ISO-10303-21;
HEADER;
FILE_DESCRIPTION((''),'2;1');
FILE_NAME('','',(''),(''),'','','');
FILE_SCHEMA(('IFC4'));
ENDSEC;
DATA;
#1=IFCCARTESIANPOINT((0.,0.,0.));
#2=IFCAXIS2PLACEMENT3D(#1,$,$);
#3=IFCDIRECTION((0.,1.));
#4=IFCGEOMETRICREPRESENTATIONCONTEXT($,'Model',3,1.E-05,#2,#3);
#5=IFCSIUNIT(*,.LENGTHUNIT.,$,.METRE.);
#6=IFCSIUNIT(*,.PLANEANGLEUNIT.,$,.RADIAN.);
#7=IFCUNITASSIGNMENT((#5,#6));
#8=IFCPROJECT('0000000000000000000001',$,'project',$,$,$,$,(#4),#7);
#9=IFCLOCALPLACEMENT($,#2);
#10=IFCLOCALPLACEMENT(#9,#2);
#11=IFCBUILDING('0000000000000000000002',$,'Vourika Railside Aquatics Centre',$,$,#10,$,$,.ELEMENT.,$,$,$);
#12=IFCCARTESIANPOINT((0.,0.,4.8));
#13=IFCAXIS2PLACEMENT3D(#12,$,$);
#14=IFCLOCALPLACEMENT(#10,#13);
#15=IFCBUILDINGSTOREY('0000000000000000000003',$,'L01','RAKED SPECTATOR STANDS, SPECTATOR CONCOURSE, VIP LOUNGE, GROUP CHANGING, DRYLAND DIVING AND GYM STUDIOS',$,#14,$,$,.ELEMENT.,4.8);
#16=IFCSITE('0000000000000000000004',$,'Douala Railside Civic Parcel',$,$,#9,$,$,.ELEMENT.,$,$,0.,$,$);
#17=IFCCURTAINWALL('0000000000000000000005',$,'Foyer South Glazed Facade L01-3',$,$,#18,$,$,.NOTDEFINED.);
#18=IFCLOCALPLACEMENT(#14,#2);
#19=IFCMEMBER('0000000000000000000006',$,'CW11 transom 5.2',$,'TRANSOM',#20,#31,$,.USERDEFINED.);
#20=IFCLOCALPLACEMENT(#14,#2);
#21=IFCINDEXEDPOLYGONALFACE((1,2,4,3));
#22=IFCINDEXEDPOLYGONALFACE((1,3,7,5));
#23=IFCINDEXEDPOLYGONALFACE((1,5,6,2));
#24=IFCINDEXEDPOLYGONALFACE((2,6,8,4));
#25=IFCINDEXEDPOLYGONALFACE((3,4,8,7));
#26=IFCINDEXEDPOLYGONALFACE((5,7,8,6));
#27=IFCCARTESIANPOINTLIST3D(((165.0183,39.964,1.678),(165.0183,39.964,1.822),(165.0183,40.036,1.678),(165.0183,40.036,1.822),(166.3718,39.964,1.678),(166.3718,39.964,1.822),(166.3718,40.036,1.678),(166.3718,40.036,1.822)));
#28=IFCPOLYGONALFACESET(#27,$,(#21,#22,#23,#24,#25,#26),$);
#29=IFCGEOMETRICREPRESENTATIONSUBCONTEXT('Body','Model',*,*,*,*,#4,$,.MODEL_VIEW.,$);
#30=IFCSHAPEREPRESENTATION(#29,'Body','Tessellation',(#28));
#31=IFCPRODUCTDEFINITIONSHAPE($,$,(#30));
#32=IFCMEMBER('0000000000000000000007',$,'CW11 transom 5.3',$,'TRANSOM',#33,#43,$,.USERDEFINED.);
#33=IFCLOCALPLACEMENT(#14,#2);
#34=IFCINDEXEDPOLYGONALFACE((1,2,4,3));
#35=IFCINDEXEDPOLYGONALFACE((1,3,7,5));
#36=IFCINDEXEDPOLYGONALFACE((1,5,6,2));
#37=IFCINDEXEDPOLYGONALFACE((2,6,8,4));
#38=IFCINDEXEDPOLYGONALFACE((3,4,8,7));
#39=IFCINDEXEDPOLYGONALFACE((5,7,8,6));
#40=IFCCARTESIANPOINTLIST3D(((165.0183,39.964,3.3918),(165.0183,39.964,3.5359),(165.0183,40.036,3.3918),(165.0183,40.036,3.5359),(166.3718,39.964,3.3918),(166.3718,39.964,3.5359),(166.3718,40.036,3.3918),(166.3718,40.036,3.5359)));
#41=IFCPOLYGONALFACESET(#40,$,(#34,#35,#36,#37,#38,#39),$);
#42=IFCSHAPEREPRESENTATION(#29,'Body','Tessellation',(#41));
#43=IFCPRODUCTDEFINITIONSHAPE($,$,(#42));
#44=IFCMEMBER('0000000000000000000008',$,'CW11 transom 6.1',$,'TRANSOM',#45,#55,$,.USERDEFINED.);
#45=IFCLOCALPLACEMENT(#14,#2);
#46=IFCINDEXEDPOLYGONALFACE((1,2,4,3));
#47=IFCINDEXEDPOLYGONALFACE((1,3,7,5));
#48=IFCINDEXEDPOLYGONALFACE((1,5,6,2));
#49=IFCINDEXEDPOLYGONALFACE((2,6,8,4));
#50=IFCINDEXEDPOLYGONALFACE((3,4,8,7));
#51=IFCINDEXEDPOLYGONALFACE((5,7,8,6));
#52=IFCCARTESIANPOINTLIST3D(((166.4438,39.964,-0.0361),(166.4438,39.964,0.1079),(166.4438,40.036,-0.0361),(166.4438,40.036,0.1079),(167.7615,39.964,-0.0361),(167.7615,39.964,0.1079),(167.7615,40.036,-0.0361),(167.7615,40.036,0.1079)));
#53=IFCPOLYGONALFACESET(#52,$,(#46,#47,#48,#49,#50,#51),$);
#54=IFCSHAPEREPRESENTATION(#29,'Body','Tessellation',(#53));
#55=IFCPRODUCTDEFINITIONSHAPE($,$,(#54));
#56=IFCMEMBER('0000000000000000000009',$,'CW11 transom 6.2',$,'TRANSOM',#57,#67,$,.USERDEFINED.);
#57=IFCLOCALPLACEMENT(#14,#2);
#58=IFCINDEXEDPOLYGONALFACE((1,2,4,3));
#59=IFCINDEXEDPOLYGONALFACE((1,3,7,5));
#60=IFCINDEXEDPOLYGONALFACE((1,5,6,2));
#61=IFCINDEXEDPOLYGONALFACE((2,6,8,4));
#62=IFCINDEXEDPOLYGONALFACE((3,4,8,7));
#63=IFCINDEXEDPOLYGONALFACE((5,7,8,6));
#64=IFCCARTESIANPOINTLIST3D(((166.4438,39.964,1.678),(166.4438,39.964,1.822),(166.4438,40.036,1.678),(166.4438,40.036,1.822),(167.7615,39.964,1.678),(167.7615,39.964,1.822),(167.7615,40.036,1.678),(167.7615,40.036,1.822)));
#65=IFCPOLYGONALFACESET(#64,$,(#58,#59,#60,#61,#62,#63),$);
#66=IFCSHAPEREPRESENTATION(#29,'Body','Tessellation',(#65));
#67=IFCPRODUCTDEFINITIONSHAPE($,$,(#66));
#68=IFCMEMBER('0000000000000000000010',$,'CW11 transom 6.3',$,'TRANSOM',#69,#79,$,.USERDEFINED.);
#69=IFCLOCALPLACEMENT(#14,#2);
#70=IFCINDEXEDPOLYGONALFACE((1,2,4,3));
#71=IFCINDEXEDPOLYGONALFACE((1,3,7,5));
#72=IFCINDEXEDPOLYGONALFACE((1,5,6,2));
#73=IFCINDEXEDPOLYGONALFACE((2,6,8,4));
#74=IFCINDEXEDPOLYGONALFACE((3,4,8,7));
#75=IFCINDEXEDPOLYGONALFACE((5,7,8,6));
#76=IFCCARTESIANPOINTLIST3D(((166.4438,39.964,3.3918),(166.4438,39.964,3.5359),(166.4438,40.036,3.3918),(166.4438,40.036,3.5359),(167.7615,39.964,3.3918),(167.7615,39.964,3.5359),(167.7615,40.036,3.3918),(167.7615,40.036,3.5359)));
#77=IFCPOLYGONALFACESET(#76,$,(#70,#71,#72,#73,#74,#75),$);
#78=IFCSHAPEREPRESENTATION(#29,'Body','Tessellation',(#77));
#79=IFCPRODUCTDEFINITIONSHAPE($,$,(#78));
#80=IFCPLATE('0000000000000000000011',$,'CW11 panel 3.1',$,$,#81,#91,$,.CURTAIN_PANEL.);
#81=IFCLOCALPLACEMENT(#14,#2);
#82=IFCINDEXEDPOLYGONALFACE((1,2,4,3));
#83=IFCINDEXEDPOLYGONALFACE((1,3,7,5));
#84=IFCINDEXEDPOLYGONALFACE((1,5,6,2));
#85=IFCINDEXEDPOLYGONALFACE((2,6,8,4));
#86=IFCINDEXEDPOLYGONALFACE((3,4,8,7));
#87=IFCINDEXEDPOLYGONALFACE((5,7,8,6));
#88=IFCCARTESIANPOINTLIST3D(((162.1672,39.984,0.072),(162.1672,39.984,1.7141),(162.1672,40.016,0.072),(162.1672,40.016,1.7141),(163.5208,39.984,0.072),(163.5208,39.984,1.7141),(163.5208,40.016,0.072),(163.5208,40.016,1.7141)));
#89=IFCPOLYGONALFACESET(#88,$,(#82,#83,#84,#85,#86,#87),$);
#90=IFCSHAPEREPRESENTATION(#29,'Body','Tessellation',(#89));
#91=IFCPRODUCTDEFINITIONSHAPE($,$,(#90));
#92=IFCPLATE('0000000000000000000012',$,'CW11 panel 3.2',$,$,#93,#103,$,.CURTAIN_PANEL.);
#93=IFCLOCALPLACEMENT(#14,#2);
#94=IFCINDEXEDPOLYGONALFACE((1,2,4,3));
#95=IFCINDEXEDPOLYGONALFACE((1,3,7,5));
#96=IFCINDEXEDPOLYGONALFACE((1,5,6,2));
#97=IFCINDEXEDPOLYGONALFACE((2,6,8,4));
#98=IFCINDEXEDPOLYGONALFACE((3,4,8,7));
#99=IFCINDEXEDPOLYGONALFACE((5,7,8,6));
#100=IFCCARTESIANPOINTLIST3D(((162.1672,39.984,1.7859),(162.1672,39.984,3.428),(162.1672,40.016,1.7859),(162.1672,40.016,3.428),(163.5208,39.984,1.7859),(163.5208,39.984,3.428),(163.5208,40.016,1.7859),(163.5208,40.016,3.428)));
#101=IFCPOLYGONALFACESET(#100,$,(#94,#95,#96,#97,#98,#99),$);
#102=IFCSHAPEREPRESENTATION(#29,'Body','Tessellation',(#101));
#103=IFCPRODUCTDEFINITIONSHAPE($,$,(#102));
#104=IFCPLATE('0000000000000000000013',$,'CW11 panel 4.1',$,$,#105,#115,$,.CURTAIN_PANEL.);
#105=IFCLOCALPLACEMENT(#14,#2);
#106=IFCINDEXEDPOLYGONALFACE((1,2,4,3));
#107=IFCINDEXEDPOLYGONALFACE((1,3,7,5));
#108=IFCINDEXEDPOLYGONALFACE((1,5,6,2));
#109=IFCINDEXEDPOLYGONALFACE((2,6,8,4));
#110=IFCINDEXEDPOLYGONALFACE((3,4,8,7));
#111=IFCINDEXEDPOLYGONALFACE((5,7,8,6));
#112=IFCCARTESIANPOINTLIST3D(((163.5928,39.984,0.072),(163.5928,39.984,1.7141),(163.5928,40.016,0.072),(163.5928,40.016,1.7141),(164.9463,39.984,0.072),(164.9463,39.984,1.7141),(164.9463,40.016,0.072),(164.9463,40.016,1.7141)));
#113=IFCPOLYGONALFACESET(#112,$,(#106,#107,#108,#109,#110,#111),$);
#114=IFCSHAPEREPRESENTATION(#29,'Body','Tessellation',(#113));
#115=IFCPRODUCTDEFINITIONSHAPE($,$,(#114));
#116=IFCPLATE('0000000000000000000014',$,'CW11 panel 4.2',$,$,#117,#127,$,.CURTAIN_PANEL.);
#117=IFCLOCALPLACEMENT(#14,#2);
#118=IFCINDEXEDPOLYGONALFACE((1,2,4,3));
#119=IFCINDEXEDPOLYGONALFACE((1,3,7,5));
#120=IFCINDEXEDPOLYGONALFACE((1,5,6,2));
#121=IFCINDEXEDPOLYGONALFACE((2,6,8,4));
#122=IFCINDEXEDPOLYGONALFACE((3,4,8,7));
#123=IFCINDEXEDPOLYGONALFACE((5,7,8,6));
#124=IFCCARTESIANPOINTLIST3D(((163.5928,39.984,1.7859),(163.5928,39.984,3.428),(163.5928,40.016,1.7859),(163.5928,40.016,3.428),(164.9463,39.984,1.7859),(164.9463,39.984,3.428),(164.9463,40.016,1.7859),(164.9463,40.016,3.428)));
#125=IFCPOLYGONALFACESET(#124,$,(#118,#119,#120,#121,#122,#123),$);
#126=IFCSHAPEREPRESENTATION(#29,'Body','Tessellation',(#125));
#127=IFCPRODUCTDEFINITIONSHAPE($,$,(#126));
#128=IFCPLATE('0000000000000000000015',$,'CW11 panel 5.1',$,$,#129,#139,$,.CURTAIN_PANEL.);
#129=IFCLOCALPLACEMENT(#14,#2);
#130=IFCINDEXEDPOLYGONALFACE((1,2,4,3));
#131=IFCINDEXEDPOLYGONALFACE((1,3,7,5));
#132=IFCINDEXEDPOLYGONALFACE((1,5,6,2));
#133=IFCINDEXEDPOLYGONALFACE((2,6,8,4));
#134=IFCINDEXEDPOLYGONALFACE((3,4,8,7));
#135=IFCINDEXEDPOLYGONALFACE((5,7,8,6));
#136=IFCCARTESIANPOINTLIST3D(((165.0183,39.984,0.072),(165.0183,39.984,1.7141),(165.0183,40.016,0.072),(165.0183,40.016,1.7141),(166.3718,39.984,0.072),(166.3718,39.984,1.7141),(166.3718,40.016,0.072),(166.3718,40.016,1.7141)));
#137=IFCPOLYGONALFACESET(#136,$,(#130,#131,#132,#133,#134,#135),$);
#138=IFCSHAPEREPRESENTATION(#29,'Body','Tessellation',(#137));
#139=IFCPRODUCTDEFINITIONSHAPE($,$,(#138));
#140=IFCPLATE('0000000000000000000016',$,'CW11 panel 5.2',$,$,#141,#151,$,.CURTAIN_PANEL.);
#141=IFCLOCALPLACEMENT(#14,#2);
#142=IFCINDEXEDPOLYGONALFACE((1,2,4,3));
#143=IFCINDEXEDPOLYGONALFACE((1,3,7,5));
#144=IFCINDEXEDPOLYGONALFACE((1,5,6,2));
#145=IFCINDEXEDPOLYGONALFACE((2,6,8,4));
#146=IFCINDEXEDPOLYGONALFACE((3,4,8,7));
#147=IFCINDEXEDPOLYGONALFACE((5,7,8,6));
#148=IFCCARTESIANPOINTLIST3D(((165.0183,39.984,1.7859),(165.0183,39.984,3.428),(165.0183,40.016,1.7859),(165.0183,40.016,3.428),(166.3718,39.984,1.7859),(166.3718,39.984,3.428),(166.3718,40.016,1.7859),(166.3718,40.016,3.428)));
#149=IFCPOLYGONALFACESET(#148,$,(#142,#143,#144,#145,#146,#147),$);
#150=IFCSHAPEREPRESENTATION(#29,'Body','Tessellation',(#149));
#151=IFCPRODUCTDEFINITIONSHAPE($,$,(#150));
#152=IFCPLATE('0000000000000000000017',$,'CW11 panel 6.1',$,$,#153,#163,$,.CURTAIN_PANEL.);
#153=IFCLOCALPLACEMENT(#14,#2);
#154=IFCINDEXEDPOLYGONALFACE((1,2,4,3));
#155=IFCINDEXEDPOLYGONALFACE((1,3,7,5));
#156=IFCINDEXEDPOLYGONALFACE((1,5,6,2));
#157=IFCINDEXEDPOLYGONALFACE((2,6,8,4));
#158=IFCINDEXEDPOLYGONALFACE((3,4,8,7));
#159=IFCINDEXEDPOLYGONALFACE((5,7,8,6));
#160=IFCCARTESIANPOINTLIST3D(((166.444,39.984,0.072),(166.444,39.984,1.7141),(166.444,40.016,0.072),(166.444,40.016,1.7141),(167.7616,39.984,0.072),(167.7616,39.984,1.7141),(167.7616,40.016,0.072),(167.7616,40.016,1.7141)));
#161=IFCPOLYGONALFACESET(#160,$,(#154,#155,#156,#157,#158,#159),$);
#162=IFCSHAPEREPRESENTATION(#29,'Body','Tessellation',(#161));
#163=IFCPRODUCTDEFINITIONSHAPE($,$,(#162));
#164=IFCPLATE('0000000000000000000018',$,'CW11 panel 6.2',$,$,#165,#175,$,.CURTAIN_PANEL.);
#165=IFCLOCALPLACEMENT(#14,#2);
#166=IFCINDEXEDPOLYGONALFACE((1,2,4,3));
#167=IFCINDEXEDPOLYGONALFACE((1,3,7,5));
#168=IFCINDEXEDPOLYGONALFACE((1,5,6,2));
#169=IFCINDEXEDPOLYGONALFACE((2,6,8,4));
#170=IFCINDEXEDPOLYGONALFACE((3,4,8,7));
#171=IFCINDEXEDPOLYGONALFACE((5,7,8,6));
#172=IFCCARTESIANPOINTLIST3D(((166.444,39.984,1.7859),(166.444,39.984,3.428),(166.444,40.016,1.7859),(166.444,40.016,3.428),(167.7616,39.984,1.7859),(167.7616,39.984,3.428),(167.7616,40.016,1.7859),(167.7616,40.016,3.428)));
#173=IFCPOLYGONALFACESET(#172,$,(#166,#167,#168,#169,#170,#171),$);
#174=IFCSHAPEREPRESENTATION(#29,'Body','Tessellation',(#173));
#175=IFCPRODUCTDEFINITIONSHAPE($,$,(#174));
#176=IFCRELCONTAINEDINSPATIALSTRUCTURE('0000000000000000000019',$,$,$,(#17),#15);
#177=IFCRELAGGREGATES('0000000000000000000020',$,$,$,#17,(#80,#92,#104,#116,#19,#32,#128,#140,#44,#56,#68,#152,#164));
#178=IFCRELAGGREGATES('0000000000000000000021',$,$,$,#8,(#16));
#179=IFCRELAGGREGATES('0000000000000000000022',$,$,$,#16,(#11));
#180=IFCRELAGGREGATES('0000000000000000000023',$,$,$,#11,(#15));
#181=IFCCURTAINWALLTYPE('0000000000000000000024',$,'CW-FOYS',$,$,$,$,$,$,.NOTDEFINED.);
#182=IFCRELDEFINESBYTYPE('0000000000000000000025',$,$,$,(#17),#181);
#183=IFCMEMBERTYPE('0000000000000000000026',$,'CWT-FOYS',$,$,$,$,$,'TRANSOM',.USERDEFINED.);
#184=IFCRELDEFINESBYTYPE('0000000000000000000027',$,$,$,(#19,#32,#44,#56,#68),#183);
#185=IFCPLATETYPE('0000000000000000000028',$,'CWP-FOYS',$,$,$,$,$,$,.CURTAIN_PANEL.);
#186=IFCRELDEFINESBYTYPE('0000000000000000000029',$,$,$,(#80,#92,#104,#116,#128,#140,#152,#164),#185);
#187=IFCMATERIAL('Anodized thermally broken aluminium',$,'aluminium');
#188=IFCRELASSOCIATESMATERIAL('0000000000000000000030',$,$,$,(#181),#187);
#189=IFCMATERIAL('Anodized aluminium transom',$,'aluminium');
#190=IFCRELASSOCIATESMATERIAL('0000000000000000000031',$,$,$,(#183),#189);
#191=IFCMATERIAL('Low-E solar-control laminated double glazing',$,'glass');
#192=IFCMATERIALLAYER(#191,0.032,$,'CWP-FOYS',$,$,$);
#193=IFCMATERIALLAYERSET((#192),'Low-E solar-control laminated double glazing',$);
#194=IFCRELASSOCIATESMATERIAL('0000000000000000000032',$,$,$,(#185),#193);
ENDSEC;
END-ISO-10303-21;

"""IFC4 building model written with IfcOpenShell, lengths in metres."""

from ifc_helpers import new_model, si_unit, direction, frame, origin, origin_2d, place, context, subcontext, project, spatial, rectangle, extrude, material, layer, layer_set, material_profile, profile_set, type_object, element, aggregate, save


model = new_model("IFC4")

# Units and contexts
model_context = context("Model", 3, precision=1e-05, world=origin(), true_north=direction((0.0, 1.0)))
body_context = subcontext(model_context, "Body", "Model", "MODEL_VIEW")
ifc_project = project(units=[si_unit("LENGTHUNIT", "METRE"), si_unit("PLANEANGLEUNIT", "RADIAN")], contexts=[model_context])

# Site, building, storey
site_placement = place(None, origin())
site = spatial("IfcSite", under=ifc_project, at=site_placement, Name="Douala Railside Civic Parcel", CompositionType="ELEMENT", RefElevation=0.0)
building_placement = place(site_placement, origin())
building = spatial("IfcBuilding", under=site, at=building_placement, Name="Vourika Railside Aquatics Centre", CompositionType="ELEMENT")
storey_placement = place(building_placement, frame((0.0, 0.0, 4.8)))
storey = spatial("IfcBuildingStorey", under=building, at=storey_placement, Name="L01", Description="RAKED SPECTATOR STANDS, SPECTATOR CONCOURSE, VIP LOUNGE, GROUP CHANGING, DRYLAND DIVING AND GYM STUDIOS", CompositionType="ELEMENT", Elevation=4.8)

# Curtain wall, members, plates
ifc_material_1 = material(Name="Anodized thermally broken aluminium", Category="aluminium")
curtain_wall_type = type_object("IfcCurtainWallType", Name="CW-FOYS", PredefinedType="NOTDEFINED", material=ifc_material_1)
curtain_wall_placement = place(storey_placement, origin())
curtain_wall = element("IfcCurtainWall", 1, at=curtain_wall_placement, inside=storey, type_object=curtain_wall_type, Name="Foyer South Glazed Facade L01-3", PredefinedType="NOTDEFINED")
ifc_material_2 = material(Name="Anodized aluminium transom", Category="aluminium")
ifc_material_profile_1 = material_profile(ifc_material_2, rectangle(XDim=0.072, YDim=0.144, at=origin_2d()), Name="ALU-T 72x144")
ifc_profile_set_1 = profile_set([ifc_material_profile_1], Name="Anodized aluminium transom")
member_type_1 = type_object("IfcMemberType", Name="CWT-FOYS", ElementType="TRANSOM", PredefinedType="USERDEFINED", material=ifc_profile_set_1)
member_1_placement = place(storey_placement, frame((165.0183, 40.0, 1.75), z_axis=(1.0, 0.0, 0.0), x_axis=(0.0, 1.0, 0.0)))
member_1 = element("IfcMember", 2, at=member_1_placement, type_object=member_type_1, Name="CW11 transom 5.2", ObjectType="TRANSOM", PredefinedType="USERDEFINED", context=body_context, shape_type="SweptSolid", body=[
    extrude(rectangle(XDim=0.072, YDim=0.144, at=origin_2d()), origin(), (0.0, 0.0, 1.0), 1.3535),
])
member_2_placement = place(storey_placement, frame((165.0183, 40.0, 3.4639), z_axis=(1.0, 0.0, 0.0), x_axis=(0.0, 1.0, 0.0)))
member_2 = element("IfcMember", 3, at=member_2_placement, type_object=member_type_1, Name="CW11 transom 5.3", ObjectType="TRANSOM", PredefinedType="USERDEFINED", context=body_context, shape_type="SweptSolid", body=[
    extrude(rectangle(XDim=0.072, YDim=0.144, at=origin_2d()), origin(), (0.0, 0.0, 1.0), 1.3535),
])
member_3_placement = place(storey_placement, frame((166.4438, 40.0, 0.0359), z_axis=(1.0, 0.0, 0.0), x_axis=(0.0, 1.0, 0.0)))
member_3 = element("IfcMember", 4, at=member_3_placement, type_object=member_type_1, Name="CW11 transom 6.1", ObjectType="TRANSOM", PredefinedType="USERDEFINED", context=body_context, shape_type="SweptSolid", body=[
    extrude(rectangle(XDim=0.072, YDim=0.144, at=origin_2d()), origin(), (0.0, 0.0, 1.0), 1.3176),
])
member_4_placement = place(storey_placement, frame((166.4438, 40.0, 1.75), z_axis=(1.0, 0.0, 0.0), x_axis=(0.0, 1.0, 0.0)))
member_4 = element("IfcMember", 5, at=member_4_placement, type_object=member_type_1, Name="CW11 transom 6.2", ObjectType="TRANSOM", PredefinedType="USERDEFINED", context=body_context, shape_type="SweptSolid", body=[
    extrude(rectangle(XDim=0.072, YDim=0.144, at=origin_2d()), origin(), (0.0, 0.0, 1.0), 1.3176),
])
member_5_placement = place(storey_placement, frame((166.4438, 40.0, 3.4639), z_axis=(1.0, 0.0, 0.0), x_axis=(0.0, 1.0, 0.0)))
member_5 = element("IfcMember", 6, at=member_5_placement, type_object=member_type_1, Name="CW11 transom 6.3", ObjectType="TRANSOM", PredefinedType="USERDEFINED", context=body_context, shape_type="SweptSolid", body=[
    extrude(rectangle(XDim=0.072, YDim=0.144, at=origin_2d()), origin(), (0.0, 0.0, 1.0), 1.3176),
])
ifc_material_3 = material(Name="Low-E solar-control laminated double glazing", Category="glass")
ifc_layer = layer(ifc_material_3, 0.032, Name="CWP-FOYS")
ifc_layer_set = layer_set([ifc_layer], Name="Low-E solar-control laminated double glazing")
plate_type = type_object("IfcPlateType", Name="CWP-FOYS", PredefinedType="CURTAIN_PANEL", material=ifc_layer_set)
plate_1_placement = place(storey_placement, frame((162.844, 40.0, 0.072), z_axis=(0.0, 0.0, 1.0), x_axis=(1.0, 0.0, 0.0)))
plate_1 = element("IfcPlate", 7, at=plate_1_placement, type_object=plate_type, Name="CW11 panel 3.1", PredefinedType="CURTAIN_PANEL", context=body_context, shape_type="SweptSolid", body=[
    extrude(rectangle(XDim=1.3535, YDim=0.032, at=origin_2d()), origin(), (0.0, 0.0, 1.0), 1.6421),
])
plate_2_placement = place(storey_placement, frame((162.844, 40.0, 1.7859), z_axis=(0.0, 0.0, 1.0), x_axis=(1.0, 0.0, 0.0)))
plate_2 = element("IfcPlate", 8, at=plate_2_placement, type_object=plate_type, Name="CW11 panel 3.2", PredefinedType="CURTAIN_PANEL", context=body_context, shape_type="SweptSolid", body=[
    extrude(rectangle(XDim=1.3535, YDim=0.032, at=origin_2d()), origin(), (0.0, 0.0, 1.0), 1.6421),
])
plate_3_placement = place(storey_placement, frame((164.2695, 40.0, 0.072), z_axis=(0.0, 0.0, 1.0), x_axis=(1.0, 0.0, 0.0)))
plate_3 = element("IfcPlate", 9, at=plate_3_placement, type_object=plate_type, Name="CW11 panel 4.1", PredefinedType="CURTAIN_PANEL", context=body_context, shape_type="SweptSolid", body=[
    extrude(rectangle(XDim=1.3535, YDim=0.032, at=origin_2d()), origin(), (0.0, 0.0, 1.0), 1.6421),
])
plate_4_placement = place(storey_placement, frame((164.2695, 40.0, 1.7859), z_axis=(0.0, 0.0, 1.0), x_axis=(1.0, 0.0, 0.0)))
plate_4 = element("IfcPlate", 10, at=plate_4_placement, type_object=plate_type, Name="CW11 panel 4.2", PredefinedType="CURTAIN_PANEL", context=body_context, shape_type="SweptSolid", body=[
    extrude(rectangle(XDim=1.3535, YDim=0.032, at=origin_2d()), origin(), (0.0, 0.0, 1.0), 1.6421),
])
plate_5_placement = place(storey_placement, frame((165.6951, 40.0, 0.072), z_axis=(0.0, 0.0, 1.0), x_axis=(1.0, 0.0, 0.0)))
plate_5 = element("IfcPlate", 11, at=plate_5_placement, type_object=plate_type, Name="CW11 panel 5.1", PredefinedType="CURTAIN_PANEL", context=body_context, shape_type="SweptSolid", body=[
    extrude(rectangle(XDim=1.3535, YDim=0.032, at=origin_2d()), origin(), (0.0, 0.0, 1.0), 1.6421),
])
plate_6_placement = place(storey_placement, frame((165.6951, 40.0, 1.7859), z_axis=(0.0, 0.0, 1.0), x_axis=(1.0, 0.0, 0.0)))
plate_6 = element("IfcPlate", 12, at=plate_6_placement, type_object=plate_type, Name="CW11 panel 5.2", PredefinedType="CURTAIN_PANEL", context=body_context, shape_type="SweptSolid", body=[
    extrude(rectangle(XDim=1.3535, YDim=0.032, at=origin_2d()), origin(), (0.0, 0.0, 1.0), 1.6421),
])
plate_7_placement = place(storey_placement, frame((167.1028, 40.0, 0.072), z_axis=(0.0, 0.0, 1.0), x_axis=(1.0, 0.0, 0.0)))
plate_7 = element("IfcPlate", 13, at=plate_7_placement, type_object=plate_type, Name="CW11 panel 6.1", PredefinedType="CURTAIN_PANEL", context=body_context, shape_type="SweptSolid", body=[
    extrude(rectangle(XDim=1.3176, YDim=0.032, at=origin_2d()), origin(), (0.0, 0.0, 1.0), 1.6421),
])
plate_8_placement = place(storey_placement, frame((167.1028, 40.0, 1.7859), z_axis=(0.0, 0.0, 1.0), x_axis=(1.0, 0.0, 0.0)))
plate_8 = element("IfcPlate", 14, at=plate_8_placement, type_object=plate_type, Name="CW11 panel 6.2", PredefinedType="CURTAIN_PANEL", context=body_context, shape_type="SweptSolid", body=[
    extrude(rectangle(XDim=1.3176, YDim=0.032, at=origin_2d()), origin(), (0.0, 0.0, 1.0), 1.6421),
])
aggregate(curtain_wall, [plate_1, plate_2, plate_3, plate_4, member_1, member_2, plate_5, plate_6, member_3, member_4, member_5, plate_7, plate_8])

save(model, "model.ifc")
